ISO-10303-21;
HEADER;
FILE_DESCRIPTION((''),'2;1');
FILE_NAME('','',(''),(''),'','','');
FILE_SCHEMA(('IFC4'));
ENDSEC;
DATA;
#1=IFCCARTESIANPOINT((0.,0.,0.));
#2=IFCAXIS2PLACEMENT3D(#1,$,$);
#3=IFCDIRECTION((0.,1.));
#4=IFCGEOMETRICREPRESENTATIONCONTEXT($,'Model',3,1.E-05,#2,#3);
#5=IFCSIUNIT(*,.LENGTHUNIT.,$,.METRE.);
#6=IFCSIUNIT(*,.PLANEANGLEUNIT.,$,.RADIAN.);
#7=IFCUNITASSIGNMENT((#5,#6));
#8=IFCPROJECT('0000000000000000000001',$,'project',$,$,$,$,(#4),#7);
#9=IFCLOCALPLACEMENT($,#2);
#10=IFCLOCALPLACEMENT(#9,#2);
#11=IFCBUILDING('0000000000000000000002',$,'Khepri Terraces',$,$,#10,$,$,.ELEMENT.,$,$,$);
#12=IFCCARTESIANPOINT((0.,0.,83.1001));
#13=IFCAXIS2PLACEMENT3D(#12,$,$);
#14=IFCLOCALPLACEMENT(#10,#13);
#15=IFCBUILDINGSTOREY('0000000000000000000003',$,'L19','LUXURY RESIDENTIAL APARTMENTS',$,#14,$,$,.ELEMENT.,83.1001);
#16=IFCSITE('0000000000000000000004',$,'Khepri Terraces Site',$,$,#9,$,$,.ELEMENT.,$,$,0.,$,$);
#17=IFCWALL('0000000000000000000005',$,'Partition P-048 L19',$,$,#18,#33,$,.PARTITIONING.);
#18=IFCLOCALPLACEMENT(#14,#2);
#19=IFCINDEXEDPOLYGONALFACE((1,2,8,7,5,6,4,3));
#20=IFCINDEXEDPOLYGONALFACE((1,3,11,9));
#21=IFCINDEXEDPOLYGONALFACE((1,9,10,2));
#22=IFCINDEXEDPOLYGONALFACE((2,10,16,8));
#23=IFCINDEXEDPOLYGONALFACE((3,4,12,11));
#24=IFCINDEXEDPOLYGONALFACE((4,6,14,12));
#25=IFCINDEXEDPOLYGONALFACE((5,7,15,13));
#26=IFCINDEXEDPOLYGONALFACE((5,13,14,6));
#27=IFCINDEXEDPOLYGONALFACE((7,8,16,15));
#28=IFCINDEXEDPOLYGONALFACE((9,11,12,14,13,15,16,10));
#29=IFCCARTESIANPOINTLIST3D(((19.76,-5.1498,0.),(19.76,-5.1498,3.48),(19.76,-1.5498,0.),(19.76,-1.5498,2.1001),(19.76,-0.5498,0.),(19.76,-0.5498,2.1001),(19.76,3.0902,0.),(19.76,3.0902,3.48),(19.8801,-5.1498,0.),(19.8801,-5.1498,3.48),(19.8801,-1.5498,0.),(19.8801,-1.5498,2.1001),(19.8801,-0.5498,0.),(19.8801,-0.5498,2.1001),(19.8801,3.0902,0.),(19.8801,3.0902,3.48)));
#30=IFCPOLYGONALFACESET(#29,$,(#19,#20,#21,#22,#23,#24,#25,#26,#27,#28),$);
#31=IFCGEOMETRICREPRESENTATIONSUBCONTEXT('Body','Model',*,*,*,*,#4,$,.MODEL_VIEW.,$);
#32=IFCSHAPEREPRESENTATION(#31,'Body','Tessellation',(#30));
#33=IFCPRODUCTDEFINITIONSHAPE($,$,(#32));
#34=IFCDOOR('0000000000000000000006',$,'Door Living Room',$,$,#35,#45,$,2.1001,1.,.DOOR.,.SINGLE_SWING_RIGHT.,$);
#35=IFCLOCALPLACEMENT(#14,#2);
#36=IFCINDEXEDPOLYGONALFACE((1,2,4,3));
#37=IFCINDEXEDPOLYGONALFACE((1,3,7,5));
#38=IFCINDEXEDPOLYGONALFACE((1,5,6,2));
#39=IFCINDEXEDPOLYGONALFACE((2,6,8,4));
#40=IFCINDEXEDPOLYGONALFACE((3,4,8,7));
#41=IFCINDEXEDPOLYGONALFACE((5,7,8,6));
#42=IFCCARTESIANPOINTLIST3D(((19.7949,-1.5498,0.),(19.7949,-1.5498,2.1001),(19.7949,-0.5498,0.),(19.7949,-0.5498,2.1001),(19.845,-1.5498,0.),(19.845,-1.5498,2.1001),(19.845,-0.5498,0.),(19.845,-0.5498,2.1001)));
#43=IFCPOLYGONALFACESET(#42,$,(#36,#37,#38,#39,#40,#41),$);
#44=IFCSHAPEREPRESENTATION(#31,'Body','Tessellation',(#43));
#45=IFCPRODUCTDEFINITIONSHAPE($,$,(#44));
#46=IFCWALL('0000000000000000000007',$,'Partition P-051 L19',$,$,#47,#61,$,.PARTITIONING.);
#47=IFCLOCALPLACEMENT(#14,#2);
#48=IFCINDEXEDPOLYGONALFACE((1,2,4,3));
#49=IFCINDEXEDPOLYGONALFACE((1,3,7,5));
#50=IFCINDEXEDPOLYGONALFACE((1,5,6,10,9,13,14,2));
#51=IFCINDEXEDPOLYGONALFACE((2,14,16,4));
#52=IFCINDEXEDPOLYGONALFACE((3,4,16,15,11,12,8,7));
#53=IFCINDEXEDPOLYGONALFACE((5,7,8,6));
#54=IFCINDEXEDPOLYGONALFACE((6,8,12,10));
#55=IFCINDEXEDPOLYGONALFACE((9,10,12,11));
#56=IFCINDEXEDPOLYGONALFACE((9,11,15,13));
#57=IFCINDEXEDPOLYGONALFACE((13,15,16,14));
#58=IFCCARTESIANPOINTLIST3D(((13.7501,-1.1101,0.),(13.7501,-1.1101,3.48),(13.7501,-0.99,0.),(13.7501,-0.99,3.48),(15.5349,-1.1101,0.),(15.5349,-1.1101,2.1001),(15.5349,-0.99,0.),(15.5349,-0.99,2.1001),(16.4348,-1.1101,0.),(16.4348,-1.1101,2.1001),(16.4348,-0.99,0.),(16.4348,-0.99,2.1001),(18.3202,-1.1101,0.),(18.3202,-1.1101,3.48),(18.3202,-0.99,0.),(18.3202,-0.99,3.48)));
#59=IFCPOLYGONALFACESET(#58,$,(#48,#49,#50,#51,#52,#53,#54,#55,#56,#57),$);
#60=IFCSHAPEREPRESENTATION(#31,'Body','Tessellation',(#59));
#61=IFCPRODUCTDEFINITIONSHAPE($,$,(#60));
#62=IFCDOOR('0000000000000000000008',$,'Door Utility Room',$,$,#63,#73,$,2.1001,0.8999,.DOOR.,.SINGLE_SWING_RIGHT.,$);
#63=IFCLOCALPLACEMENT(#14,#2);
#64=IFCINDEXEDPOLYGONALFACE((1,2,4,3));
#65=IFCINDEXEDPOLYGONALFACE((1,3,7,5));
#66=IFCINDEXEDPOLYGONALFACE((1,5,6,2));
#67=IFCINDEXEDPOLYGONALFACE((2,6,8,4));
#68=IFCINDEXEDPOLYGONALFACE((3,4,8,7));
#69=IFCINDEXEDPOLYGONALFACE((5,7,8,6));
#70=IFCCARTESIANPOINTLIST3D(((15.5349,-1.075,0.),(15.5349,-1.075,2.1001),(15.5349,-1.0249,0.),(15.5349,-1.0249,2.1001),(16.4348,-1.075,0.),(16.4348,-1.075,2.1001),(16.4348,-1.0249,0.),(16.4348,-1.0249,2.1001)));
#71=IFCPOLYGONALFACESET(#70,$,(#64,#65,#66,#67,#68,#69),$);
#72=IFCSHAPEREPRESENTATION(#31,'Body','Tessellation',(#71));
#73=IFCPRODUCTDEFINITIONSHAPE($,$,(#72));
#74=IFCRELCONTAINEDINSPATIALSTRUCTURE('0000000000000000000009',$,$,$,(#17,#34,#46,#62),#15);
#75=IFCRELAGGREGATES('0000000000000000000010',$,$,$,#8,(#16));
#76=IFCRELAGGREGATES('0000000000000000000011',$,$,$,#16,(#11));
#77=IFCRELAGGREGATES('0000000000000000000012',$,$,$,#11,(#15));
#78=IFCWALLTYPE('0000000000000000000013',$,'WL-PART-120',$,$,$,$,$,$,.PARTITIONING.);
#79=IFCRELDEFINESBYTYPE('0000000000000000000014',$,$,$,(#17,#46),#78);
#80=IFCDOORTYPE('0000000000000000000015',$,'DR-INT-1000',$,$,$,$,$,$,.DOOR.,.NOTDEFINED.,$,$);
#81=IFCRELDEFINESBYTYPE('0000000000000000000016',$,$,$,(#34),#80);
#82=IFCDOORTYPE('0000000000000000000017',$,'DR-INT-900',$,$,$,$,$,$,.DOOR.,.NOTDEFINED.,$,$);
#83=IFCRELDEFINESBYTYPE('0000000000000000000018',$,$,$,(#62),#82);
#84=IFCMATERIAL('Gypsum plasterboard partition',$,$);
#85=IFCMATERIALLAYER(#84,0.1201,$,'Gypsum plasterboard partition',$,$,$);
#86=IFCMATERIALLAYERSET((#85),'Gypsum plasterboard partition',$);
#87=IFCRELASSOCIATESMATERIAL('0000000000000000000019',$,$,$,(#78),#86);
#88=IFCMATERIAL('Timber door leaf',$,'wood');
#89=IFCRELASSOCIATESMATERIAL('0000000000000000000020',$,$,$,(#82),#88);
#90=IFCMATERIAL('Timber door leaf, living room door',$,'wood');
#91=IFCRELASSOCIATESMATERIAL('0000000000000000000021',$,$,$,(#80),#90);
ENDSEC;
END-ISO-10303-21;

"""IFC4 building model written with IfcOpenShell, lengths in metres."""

from ifc_helpers import new_model, si_unit, direction, frame, frame_2d, origin, place, context, subcontext, project, spatial, rectangle, extrude, material, layer, layer_set, type_object, element, fill, save


model = new_model("IFC4")

# Units and contexts
model_context = context("Model", 3, precision=1e-05, world=origin(), true_north=direction((0.0, 1.0)))
body_context = subcontext(model_context, "Body", "Model", "MODEL_VIEW")
ifc_project = project(units=[si_unit("LENGTHUNIT", "METRE"), si_unit("PLANEANGLEUNIT", "RADIAN")], contexts=[model_context])

# Site, building, storey
site_placement = place(None, origin())
site = spatial("IfcSite", under=ifc_project, at=site_placement, Name="Khepri Terraces Site", CompositionType="ELEMENT", RefElevation=0.0)
building_placement = place(site_placement, origin())
building = spatial("IfcBuilding", under=site, at=building_placement, Name="Khepri Terraces", CompositionType="ELEMENT")
storey_placement = place(building_placement, frame((0.0, 0.0, 83.1001)))
storey = spatial("IfcBuildingStorey", under=building, at=storey_placement, Name="L19", Description="LUXURY RESIDENTIAL APARTMENTS", CompositionType="ELEMENT", Elevation=83.1001)

# Shared definitions
ifc_material_1 = material(Name="Gypsum plasterboard partition")
ifc_layer_1 = layer(ifc_material_1, 0.1201, Name="Gypsum plasterboard partition")
ifc_layer_set_1 = layer_set([ifc_layer_1], Name="Gypsum plasterboard partition")
wall_type_1 = type_object("IfcWallType", Name="WL-PART-120", PredefinedType="PARTITIONING", material=ifc_layer_set_1)

# Shared definitions
ifc_material_2 = material(Name="Timber door leaf", Category="wood")
door_type_1 = type_object("IfcDoorType", Name="DR-INT-900", OperationType="NOTDEFINED", PredefinedType="DOOR", material=ifc_material_2)

# Walls, openings, doors
wall_1_placement = place(storey_placement, frame((19.8201, -5.1499, 0.0), z_axis=(0.0, 0.0, 1.0), x_axis=(0.0, 1.0, 0.0)))
wall_1 = element("IfcWall", 1, at=wall_1_placement, inside=storey, type_object=wall_type_1, Name="Partition P-048 L19", PredefinedType="PARTITIONING", context=body_context, shape_type="SweptSolid", body=[
    extrude(rectangle(XDim=8.24, YDim=0.1201, at=frame_2d((4.1201, 0.0))), origin(), (0.0, 0.0, 1.0), 3.48),
])
opening_1_placement = place(wall_1_placement, frame((3.6001, 0.0, 0.0)))
opening_1 = element("IfcOpeningElement", 2, at=opening_1_placement, cuts=wall_1, PredefinedType="OPENING", context=body_context, shape_type="SweptSolid", body=[
    extrude(rectangle(XDim=1.0, YDim=2.1001, at=frame_2d((0.5, 1.05))), frame((0.0, 0.0701, 0.0), z_axis=(0.0, -1.0, 0.0), x_axis=(1.0, 0.0, 0.0)), (0.0, 0.0, 1.0), 0.1401),
])
ifc_material_3 = material(Name="Timber door leaf, living room door", Category="wood")
door_type_2 = type_object("IfcDoorType", Name="DR-INT-1000", OperationType="NOTDEFINED", PredefinedType="DOOR", material=ifc_material_3)
door_1_placement = place(opening_1_placement, frame((1.0, 0.0, 0.0), z_axis=(0.0, 0.0, 1.0), x_axis=(-1.0, 0.0, 0.0)))
door_1 = element("IfcDoor", 3, at=door_1_placement, inside=storey, type_object=door_type_2, Name="Door Living Room", OperationType="SINGLE_SWING_RIGHT", OverallHeight=2.1001, OverallWidth=1.0, PredefinedType="DOOR", context=body_context, shape_type="SweptSolid", body=[
    extrude(rectangle(XDim=1.0, YDim=2.1001, at=frame_2d((0.5, 1.05))), frame((0.0, 0.0249, 0.0), z_axis=(0.0, -1.0, 0.0), x_axis=(1.0, 0.0, 0.0)), (0.0, 0.0, 1.0), 0.05),
])
fill(opening_1, door_1)
wall_2_placement = place(storey_placement, frame((13.75, -1.05, 0.0), z_axis=(0.0, 0.0, 1.0), x_axis=(1.0, 0.0, 0.0)))
wall_2 = element("IfcWall", 4, at=wall_2_placement, inside=storey, type_object=wall_type_1, Name="Partition P-051 L19", PredefinedType="PARTITIONING", context=body_context, shape_type="SweptSolid", body=[
    extrude(rectangle(XDim=4.5701, YDim=0.1201, at=frame_2d((2.2852, 0.0))), origin(), (0.0, 0.0, 1.0), 3.48),
])
opening_2_placement = place(wall_2_placement, frame((1.7849, 0.0, 0.0)))
opening_2 = element("IfcOpeningElement", 5, at=opening_2_placement, cuts=wall_2, PredefinedType="OPENING", context=body_context, shape_type="SweptSolid", body=[
    extrude(rectangle(XDim=0.8999, YDim=2.1001, at=frame_2d((0.45, 1.05))), frame((0.0, 0.0701, 0.0), z_axis=(0.0, -1.0, 0.0), x_axis=(1.0, 0.0, 0.0)), (0.0, 0.0, 1.0), 0.1401),
])
door_2_placement = place(opening_2_placement, frame((0.8999, 0.0, 0.0), z_axis=(0.0, 0.0, 1.0), x_axis=(-1.0, 0.0, 0.0)))
door_2 = element("IfcDoor", 6, at=door_2_placement, inside=storey, type_object=door_type_1, Name="Door Utility Room", OperationType="SINGLE_SWING_RIGHT", OverallHeight=2.1001, OverallWidth=0.8999, PredefinedType="DOOR", context=body_context, shape_type="SweptSolid", body=[
    extrude(rectangle(XDim=0.8999, YDim=2.1001, at=frame_2d((0.45, 1.05))), frame((0.0, 0.0249, 0.0), z_axis=(0.0, -1.0, 0.0), x_axis=(1.0, 0.0, 0.0)), (0.0, 0.0, 1.0), 0.05),
])
fill(opening_2, door_2)

save(model, "model.ifc")
